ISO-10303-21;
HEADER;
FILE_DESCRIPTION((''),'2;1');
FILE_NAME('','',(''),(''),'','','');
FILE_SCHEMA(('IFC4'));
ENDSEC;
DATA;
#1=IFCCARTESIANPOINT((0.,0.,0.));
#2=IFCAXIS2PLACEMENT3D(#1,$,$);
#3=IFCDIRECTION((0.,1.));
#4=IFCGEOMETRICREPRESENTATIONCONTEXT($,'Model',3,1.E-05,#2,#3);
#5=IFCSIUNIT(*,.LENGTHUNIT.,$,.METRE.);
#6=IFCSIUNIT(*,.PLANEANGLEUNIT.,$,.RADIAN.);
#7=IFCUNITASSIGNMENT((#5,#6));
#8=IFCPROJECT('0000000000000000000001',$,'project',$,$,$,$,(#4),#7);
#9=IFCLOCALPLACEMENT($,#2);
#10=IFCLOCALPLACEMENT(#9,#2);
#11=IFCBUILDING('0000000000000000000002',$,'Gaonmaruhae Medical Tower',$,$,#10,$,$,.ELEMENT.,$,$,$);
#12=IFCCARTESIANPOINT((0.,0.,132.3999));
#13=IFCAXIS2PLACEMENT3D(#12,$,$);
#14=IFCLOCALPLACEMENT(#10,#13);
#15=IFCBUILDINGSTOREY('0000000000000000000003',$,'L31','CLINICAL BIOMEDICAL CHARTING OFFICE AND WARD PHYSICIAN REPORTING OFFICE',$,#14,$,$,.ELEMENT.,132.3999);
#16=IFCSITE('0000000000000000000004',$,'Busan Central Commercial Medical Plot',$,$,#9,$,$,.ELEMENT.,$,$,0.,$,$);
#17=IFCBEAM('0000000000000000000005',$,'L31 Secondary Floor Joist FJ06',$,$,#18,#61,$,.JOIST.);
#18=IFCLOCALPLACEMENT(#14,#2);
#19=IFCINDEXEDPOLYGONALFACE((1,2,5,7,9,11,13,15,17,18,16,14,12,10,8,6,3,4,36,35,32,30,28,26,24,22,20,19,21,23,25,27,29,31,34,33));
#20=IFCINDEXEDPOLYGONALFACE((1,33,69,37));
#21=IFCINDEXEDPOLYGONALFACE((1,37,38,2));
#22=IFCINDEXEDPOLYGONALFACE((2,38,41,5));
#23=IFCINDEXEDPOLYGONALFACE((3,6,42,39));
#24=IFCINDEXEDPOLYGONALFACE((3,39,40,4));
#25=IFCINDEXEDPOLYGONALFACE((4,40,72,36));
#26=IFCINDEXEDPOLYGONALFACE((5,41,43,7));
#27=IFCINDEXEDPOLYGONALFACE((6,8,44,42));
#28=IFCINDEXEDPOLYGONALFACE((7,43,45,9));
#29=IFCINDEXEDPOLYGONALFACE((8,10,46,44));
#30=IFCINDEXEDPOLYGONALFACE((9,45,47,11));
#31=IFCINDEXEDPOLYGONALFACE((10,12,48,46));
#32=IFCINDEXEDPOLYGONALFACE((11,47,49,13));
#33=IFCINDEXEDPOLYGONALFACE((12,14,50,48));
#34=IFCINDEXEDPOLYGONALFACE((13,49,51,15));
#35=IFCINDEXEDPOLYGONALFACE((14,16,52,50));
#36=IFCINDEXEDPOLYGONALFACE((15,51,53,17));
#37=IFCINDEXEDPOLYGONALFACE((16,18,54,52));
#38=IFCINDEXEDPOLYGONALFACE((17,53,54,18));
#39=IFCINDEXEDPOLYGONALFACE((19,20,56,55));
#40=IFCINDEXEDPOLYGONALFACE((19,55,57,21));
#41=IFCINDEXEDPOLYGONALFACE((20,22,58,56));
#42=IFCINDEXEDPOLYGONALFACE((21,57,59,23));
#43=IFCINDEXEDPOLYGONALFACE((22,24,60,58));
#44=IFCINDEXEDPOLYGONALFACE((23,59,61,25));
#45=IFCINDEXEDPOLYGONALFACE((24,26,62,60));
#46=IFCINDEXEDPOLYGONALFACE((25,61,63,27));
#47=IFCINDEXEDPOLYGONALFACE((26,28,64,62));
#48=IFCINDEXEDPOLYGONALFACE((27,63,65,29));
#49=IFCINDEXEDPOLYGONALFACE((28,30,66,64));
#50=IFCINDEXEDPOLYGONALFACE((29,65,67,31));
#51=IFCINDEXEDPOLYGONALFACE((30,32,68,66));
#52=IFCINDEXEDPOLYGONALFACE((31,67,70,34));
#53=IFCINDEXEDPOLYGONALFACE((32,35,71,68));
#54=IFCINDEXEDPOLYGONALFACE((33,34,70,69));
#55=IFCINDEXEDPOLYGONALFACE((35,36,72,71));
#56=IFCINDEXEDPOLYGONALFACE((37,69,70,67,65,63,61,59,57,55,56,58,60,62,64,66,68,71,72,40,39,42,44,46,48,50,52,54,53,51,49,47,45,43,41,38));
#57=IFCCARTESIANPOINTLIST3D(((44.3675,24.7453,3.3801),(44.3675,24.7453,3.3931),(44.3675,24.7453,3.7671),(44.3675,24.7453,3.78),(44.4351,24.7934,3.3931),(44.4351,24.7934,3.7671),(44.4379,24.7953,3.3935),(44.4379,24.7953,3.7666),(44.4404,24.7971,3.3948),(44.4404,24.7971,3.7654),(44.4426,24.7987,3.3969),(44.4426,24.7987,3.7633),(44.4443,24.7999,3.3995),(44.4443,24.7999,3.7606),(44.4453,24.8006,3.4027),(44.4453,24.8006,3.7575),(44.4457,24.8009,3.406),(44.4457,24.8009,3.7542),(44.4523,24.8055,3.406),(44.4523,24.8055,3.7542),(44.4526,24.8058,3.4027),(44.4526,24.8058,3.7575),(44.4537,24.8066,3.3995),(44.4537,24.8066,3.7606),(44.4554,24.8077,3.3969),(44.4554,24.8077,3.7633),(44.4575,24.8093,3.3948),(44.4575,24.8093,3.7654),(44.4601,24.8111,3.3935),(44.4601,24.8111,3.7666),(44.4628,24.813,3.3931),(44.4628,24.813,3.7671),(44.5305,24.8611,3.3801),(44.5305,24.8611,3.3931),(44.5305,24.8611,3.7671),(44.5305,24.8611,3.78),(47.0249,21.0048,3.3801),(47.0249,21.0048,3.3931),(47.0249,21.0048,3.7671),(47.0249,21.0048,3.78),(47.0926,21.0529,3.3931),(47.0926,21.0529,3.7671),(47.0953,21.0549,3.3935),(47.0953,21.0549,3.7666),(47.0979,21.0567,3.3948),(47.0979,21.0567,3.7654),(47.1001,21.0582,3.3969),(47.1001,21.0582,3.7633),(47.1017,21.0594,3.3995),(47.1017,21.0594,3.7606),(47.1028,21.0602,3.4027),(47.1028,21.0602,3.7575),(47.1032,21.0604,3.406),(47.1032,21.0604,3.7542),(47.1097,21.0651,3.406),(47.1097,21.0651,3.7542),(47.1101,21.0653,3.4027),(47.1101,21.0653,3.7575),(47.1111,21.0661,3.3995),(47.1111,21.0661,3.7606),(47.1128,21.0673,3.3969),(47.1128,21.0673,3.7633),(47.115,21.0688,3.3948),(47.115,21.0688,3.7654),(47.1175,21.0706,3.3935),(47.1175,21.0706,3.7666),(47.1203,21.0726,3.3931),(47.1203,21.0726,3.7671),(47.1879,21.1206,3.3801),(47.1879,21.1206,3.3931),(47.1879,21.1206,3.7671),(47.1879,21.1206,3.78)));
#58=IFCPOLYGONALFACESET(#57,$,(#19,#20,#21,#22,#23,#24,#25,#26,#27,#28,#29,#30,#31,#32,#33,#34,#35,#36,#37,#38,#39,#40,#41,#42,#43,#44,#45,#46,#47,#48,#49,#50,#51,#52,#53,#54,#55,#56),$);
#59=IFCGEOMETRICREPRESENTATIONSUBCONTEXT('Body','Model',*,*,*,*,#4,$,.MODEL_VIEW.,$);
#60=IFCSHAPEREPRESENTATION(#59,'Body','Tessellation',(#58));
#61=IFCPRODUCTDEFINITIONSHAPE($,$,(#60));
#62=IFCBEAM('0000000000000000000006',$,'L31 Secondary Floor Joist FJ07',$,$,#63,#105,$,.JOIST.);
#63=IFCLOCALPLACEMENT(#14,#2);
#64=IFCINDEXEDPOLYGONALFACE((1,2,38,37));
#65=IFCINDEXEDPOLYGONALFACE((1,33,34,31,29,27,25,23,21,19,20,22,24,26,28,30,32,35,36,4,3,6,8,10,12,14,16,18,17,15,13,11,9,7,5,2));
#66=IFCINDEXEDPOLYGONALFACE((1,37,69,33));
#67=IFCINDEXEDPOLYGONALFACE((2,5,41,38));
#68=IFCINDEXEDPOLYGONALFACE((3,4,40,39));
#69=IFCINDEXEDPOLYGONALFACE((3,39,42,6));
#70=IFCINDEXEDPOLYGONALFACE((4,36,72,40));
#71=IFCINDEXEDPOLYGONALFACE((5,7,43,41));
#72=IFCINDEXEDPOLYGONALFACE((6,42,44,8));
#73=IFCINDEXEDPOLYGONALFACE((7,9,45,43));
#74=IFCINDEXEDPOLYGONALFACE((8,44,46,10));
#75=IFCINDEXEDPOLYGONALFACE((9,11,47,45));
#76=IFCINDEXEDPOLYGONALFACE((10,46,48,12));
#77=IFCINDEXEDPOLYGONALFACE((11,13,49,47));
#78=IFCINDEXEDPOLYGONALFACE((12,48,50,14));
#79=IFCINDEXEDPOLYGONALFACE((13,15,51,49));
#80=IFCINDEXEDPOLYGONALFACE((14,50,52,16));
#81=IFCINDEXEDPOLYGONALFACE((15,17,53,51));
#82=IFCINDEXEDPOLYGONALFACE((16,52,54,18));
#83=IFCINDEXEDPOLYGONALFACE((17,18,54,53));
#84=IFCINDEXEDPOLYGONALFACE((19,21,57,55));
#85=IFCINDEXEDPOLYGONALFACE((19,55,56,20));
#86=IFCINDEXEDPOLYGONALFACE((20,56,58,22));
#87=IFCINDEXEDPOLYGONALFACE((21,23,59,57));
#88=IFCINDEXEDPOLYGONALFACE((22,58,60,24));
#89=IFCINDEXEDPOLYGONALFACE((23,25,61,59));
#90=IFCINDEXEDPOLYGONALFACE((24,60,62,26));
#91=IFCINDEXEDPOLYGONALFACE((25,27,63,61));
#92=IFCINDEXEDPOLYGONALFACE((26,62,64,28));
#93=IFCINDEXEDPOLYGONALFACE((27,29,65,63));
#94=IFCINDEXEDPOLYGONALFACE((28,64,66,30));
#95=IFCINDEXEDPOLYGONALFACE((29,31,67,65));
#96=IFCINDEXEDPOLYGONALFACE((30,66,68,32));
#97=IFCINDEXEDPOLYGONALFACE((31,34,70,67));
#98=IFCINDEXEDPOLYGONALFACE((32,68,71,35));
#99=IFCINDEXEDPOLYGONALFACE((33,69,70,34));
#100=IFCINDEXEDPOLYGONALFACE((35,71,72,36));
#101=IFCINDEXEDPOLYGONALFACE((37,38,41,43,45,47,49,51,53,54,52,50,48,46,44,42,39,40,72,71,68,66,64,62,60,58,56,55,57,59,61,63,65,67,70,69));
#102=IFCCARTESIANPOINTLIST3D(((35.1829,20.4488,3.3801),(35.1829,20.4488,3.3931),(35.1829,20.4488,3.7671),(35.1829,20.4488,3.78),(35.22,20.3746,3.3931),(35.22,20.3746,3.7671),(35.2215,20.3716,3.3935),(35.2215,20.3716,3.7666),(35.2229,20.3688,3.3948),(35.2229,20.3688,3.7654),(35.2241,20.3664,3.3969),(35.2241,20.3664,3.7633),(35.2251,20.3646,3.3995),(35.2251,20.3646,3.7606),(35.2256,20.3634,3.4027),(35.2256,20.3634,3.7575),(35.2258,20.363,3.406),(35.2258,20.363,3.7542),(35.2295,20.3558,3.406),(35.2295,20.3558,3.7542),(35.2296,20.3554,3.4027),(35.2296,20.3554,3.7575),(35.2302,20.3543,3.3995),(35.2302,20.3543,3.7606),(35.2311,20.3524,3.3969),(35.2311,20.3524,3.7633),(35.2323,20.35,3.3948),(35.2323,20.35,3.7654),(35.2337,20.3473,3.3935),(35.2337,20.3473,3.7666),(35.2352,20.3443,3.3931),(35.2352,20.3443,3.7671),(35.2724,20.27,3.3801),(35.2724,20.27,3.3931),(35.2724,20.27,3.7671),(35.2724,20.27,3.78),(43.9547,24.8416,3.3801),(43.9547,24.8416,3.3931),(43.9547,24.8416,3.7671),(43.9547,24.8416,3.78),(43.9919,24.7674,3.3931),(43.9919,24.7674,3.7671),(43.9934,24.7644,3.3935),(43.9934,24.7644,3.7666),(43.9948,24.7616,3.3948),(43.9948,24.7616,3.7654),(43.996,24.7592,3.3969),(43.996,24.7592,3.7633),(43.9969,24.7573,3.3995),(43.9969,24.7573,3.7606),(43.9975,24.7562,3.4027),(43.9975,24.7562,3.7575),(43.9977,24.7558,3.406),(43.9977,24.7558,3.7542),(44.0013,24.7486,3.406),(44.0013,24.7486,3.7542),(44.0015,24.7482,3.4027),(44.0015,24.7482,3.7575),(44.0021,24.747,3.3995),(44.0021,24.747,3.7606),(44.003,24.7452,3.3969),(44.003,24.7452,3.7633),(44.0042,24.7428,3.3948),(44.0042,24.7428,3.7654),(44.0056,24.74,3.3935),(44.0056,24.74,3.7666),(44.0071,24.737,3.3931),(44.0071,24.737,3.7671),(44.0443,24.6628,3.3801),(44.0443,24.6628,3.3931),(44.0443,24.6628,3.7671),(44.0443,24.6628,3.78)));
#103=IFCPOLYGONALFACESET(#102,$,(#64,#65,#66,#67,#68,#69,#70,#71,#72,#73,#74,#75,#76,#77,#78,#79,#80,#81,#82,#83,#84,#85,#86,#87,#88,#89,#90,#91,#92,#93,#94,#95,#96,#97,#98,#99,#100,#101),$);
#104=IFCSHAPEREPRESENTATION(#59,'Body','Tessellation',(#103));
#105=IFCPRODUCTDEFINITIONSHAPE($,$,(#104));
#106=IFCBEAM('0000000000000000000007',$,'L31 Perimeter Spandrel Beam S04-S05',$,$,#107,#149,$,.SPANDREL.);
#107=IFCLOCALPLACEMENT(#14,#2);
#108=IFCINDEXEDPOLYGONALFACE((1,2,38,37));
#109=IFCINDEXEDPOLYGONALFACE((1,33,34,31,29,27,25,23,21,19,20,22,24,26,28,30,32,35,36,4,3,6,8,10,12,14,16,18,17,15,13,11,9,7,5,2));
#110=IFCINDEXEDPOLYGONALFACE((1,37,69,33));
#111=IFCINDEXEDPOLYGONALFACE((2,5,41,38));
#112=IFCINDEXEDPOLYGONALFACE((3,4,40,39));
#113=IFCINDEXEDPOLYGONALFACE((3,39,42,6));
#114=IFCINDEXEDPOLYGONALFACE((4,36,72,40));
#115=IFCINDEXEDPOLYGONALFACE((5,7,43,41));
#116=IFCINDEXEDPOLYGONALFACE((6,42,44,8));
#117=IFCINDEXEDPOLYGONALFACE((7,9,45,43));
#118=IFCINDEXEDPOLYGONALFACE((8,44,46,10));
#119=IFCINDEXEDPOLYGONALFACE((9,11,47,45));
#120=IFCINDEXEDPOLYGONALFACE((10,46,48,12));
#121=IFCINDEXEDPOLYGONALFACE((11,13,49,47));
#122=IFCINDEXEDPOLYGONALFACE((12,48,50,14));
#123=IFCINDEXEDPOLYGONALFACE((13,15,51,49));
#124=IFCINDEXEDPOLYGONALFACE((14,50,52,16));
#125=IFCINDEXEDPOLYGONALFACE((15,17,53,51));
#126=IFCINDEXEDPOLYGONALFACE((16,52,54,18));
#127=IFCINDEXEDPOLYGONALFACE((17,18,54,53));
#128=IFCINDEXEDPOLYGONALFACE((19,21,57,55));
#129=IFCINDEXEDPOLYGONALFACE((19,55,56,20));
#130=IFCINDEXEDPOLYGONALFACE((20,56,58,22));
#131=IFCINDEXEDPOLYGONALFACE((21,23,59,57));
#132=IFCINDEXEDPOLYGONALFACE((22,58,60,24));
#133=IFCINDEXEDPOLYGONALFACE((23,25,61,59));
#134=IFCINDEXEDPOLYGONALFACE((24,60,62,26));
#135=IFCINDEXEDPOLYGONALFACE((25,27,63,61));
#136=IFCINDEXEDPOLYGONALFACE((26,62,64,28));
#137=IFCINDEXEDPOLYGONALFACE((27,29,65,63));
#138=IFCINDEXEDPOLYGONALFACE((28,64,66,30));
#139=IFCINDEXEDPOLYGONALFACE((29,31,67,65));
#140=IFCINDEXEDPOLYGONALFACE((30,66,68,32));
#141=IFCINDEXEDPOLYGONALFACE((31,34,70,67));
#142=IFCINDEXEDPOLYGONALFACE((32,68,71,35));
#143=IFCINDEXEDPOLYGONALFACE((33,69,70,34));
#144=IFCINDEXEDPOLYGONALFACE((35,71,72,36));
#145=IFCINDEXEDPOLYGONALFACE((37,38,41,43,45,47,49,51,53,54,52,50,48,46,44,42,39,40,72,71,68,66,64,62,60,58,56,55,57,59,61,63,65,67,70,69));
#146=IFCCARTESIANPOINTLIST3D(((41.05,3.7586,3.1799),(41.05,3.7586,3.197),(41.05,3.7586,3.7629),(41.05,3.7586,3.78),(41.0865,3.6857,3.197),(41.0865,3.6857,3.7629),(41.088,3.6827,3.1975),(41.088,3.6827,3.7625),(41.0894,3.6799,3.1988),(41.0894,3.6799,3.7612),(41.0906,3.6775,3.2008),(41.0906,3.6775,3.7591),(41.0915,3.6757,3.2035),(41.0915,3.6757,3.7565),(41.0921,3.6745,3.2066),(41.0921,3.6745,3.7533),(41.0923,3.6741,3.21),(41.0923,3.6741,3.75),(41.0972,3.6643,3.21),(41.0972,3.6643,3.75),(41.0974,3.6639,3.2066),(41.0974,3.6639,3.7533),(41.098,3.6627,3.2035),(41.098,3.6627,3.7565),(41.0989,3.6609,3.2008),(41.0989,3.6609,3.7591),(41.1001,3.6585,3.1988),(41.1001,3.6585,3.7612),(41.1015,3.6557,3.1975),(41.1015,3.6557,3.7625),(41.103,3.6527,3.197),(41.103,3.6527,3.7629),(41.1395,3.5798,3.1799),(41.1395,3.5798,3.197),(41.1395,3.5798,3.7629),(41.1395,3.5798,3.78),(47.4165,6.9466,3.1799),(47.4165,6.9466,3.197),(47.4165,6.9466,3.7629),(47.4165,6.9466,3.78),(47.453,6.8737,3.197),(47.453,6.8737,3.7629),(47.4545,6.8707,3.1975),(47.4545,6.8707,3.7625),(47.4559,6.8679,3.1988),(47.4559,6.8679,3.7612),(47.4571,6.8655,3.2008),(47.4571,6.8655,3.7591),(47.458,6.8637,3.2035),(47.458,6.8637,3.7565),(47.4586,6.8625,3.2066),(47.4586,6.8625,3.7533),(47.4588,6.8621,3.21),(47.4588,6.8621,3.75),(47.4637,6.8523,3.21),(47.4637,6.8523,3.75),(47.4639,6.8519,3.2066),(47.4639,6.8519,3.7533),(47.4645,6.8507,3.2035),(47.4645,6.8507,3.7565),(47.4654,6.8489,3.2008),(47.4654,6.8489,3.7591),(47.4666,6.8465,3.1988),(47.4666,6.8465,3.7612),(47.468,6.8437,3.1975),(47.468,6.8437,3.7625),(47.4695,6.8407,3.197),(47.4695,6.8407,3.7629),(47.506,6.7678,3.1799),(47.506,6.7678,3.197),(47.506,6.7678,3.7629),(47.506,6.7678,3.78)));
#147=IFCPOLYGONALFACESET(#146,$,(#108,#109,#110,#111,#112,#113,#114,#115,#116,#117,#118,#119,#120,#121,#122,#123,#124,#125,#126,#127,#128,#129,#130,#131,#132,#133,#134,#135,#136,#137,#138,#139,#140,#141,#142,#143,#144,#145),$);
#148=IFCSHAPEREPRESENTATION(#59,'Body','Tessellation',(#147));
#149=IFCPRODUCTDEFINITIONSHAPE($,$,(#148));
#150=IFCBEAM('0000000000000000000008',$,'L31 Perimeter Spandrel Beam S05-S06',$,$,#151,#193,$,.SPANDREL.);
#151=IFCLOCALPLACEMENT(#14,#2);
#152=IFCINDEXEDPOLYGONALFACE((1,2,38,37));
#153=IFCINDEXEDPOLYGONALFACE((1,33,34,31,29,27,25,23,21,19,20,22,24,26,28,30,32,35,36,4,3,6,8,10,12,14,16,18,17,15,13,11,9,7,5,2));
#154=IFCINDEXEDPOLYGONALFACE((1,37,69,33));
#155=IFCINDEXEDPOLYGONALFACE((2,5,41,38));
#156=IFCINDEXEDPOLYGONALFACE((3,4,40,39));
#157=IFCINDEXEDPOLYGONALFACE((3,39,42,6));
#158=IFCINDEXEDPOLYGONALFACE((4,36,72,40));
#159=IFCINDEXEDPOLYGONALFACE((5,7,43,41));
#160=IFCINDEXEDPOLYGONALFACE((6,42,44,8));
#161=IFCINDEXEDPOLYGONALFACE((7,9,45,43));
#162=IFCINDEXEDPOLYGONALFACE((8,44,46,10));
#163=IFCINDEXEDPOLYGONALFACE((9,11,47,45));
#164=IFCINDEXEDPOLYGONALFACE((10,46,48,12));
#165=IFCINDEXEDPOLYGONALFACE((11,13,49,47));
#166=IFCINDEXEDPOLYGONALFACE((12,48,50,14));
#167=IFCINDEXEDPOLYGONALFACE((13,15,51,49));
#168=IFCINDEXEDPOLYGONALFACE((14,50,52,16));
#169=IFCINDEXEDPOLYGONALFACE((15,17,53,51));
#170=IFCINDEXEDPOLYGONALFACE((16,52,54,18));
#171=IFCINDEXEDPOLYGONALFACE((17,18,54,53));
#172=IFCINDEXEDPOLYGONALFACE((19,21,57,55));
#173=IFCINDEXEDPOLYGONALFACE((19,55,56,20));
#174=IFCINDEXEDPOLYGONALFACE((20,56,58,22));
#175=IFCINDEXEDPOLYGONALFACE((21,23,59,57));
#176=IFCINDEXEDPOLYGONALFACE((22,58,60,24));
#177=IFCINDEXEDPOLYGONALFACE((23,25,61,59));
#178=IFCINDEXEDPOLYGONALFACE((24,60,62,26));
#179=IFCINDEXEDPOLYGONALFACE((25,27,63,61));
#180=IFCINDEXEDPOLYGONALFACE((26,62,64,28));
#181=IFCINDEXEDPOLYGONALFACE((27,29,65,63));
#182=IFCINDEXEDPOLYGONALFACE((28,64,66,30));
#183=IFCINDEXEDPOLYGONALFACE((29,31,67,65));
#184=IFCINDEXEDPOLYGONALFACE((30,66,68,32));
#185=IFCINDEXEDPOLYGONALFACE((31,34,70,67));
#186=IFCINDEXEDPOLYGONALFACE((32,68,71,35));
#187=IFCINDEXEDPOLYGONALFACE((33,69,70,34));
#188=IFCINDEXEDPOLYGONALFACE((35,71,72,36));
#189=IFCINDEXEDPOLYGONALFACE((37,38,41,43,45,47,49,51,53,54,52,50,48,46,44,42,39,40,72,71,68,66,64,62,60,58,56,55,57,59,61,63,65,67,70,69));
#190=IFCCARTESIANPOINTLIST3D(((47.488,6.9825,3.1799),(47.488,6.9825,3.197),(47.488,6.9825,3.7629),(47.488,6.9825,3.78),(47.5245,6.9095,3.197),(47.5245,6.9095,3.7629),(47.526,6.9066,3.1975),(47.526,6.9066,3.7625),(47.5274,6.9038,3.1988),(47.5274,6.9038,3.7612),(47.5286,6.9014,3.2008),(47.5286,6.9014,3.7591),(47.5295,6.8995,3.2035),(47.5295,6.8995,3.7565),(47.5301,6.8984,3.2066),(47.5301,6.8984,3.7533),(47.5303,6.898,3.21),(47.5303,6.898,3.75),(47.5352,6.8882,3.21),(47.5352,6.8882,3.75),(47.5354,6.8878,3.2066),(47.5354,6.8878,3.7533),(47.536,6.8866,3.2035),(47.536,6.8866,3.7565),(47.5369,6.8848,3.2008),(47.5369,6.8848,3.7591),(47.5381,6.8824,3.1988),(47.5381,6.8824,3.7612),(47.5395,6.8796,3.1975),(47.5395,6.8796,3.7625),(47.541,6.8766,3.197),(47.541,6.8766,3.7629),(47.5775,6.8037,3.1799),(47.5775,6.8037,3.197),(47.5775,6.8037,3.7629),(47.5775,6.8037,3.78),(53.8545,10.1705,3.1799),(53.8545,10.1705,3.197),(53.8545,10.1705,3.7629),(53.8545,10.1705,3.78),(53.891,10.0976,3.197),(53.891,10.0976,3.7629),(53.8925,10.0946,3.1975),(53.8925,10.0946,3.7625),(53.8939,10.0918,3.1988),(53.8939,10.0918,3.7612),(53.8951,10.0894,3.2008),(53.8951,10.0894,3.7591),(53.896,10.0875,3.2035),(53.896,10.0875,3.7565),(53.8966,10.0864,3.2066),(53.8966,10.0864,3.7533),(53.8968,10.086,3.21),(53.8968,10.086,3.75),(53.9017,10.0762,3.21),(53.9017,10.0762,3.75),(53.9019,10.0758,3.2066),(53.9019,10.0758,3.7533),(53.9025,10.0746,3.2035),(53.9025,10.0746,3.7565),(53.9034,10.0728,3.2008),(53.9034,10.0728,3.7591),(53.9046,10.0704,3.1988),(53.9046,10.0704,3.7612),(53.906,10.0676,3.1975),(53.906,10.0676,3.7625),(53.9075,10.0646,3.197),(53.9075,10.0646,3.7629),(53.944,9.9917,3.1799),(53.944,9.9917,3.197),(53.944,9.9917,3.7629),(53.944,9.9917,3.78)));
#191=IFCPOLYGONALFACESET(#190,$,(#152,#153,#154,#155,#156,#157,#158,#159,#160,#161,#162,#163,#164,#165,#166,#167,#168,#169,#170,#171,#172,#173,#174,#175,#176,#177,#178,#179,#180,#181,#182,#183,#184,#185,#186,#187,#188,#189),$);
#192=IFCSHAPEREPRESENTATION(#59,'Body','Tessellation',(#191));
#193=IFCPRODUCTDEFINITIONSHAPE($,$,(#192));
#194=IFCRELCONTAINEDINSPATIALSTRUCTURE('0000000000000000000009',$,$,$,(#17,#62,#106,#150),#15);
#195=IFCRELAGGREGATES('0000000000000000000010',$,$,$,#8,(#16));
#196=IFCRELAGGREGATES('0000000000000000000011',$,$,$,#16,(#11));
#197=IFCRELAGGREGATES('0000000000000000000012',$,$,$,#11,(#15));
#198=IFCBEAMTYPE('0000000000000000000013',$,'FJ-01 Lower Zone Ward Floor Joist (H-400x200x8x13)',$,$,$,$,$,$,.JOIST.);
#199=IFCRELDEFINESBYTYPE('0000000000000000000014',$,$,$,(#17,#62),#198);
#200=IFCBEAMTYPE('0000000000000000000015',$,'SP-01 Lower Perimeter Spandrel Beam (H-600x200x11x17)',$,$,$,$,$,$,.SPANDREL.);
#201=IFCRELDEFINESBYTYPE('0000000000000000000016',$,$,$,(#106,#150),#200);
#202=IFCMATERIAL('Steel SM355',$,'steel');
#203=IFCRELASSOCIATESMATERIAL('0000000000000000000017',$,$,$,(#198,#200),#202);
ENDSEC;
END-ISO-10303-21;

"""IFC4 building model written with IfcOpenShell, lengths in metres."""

from ifc_helpers import new_model, si_unit, direction, frame, origin, origin_2d, place, context, subcontext, project, spatial, i_section, extrude, material, material_profile, profile_set, type_object, element, save


model = new_model("IFC4")

# Units and contexts
model_context = context("Model", 3, precision=1e-05, world=origin(), true_north=direction((0.0, 1.0)))
body_context = subcontext(model_context, "Body", "Model", "MODEL_VIEW")
ifc_project = project(units=[si_unit("LENGTHUNIT", "METRE"), si_unit("PLANEANGLEUNIT", "RADIAN")], contexts=[model_context])

# Site, building, storey
site_placement = place(None, origin())
site = spatial("IfcSite", under=ifc_project, at=site_placement, Name="Busan Central Commercial Medical Plot", CompositionType="ELEMENT", RefElevation=0.0)
building_placement = place(site_placement, origin())
building = spatial("IfcBuilding", under=site, at=building_placement, Name="Gaonmaruhae Medical Tower", CompositionType="ELEMENT")
storey_placement = place(building_placement, frame((0.0, 0.0, 132.3999)))
storey = spatial("IfcBuildingStorey", under=building, at=storey_placement, Name="L31", Description="CLINICAL BIOMEDICAL CHARTING OFFICE AND WARD PHYSICIAN REPORTING OFFICE", CompositionType="ELEMENT", Elevation=132.3999)

# Beams
ifc_material_1 = material(Name="Steel SM355", Category="steel")
ifc_material_profile_1 = material_profile(ifc_material_1, i_section(OverallWidth=0.2, OverallDepth=0.3999, WebThickness=0.0081, FlangeThickness=0.0129, FilletRadius=0.0129, at=origin_2d()), Name="H-400x200x8x13")
ifc_profile_set_1 = profile_set([ifc_material_profile_1], Name="Steel SM355")
beam_type_1 = type_object("IfcBeamType", Name="FJ-01 Lower Zone Ward Floor Joist (H-400x200x8x13)", PredefinedType="JOIST", material=ifc_profile_set_1)
beam_1_placement = place(storey_placement, frame((47.1064, 21.0627, 3.5801), z_axis=(-0.579173, 0.815205, 0.0), x_axis=(-0.815205, -0.579173, 0.0)))
element("IfcBeam", 1, at=beam_1_placement, inside=storey, type_object=beam_type_1, Name="L31 Secondary Floor Joist FJ06", PredefinedType="JOIST", context=body_context, shape_type="SweptSolid", body=[
    extrude(i_section(OverallWidth=0.2, OverallDepth=0.3999, WebThickness=0.0081, FlangeThickness=0.0129, FilletRadius=0.0129, at=origin_2d()), origin(), (0.0, 0.0, 1.0), 4.5884),
])
beam_2_placement = place(storey_placement, frame((43.9995, 24.7522, 3.5801), z_axis=(-0.894148, -0.447771, 0.0), x_axis=(0.447771, -0.894148, 0.0)))
element("IfcBeam", 2, at=beam_2_placement, inside=storey, type_object=beam_type_1, Name="L31 Secondary Floor Joist FJ07", PredefinedType="JOIST", context=body_context, shape_type="SweptSolid", body=[
    extrude(i_section(OverallWidth=0.2, OverallDepth=0.3999, WebThickness=0.0081, FlangeThickness=0.0129, FilletRadius=0.0129, at=origin_2d()), origin(), (0.0, 0.0, 1.0), 9.8103),
])
ifc_material_profile_2 = material_profile(ifc_material_1, i_section(OverallWidth=0.2, OverallDepth=0.6001, WebThickness=0.011, FlangeThickness=0.0171, FilletRadius=0.0129, at=origin_2d()), Name="H-600x200x11x17")
ifc_profile_set_2 = profile_set([ifc_material_profile_2], Name="Steel SM355")
beam_type_2 = type_object("IfcBeamType", Name="SP-01 Lower Perimeter Spandrel Beam (H-600x200x11x17)", PredefinedType="SPANDREL", material=ifc_profile_set_2)
for number, where, z_axis, x_axis, name in (
    (3, (41.0947, 3.6692, 3.48), (0.89416, 0.447748, 0.0), (-0.447748, 0.89416, 0.0), "L31 Perimeter Spandrel Beam S04-S05"),
    (4, (47.5327, 6.8931, 3.48), (0.89416, 0.447748, 0.0), (-0.447748, 0.89416, 0.0), "L31 Perimeter Spandrel Beam S05-S06"),
):
    element("IfcBeam", number, at=place(storey_placement, frame(where, z_axis=z_axis, x_axis=x_axis)), inside=storey, type_object=beam_type_2, Name=name, PredefinedType="SPANDREL", context=body_context, shape_type="SweptSolid", body=[
        extrude(i_section(OverallWidth=0.2, OverallDepth=0.6001, WebThickness=0.011, FlangeThickness=0.0171, FilletRadius=0.0129, at=origin_2d()), origin(), (0.0, 0.0, 1.0), 7.1201),
    ])

save(model, "model.ifc")
